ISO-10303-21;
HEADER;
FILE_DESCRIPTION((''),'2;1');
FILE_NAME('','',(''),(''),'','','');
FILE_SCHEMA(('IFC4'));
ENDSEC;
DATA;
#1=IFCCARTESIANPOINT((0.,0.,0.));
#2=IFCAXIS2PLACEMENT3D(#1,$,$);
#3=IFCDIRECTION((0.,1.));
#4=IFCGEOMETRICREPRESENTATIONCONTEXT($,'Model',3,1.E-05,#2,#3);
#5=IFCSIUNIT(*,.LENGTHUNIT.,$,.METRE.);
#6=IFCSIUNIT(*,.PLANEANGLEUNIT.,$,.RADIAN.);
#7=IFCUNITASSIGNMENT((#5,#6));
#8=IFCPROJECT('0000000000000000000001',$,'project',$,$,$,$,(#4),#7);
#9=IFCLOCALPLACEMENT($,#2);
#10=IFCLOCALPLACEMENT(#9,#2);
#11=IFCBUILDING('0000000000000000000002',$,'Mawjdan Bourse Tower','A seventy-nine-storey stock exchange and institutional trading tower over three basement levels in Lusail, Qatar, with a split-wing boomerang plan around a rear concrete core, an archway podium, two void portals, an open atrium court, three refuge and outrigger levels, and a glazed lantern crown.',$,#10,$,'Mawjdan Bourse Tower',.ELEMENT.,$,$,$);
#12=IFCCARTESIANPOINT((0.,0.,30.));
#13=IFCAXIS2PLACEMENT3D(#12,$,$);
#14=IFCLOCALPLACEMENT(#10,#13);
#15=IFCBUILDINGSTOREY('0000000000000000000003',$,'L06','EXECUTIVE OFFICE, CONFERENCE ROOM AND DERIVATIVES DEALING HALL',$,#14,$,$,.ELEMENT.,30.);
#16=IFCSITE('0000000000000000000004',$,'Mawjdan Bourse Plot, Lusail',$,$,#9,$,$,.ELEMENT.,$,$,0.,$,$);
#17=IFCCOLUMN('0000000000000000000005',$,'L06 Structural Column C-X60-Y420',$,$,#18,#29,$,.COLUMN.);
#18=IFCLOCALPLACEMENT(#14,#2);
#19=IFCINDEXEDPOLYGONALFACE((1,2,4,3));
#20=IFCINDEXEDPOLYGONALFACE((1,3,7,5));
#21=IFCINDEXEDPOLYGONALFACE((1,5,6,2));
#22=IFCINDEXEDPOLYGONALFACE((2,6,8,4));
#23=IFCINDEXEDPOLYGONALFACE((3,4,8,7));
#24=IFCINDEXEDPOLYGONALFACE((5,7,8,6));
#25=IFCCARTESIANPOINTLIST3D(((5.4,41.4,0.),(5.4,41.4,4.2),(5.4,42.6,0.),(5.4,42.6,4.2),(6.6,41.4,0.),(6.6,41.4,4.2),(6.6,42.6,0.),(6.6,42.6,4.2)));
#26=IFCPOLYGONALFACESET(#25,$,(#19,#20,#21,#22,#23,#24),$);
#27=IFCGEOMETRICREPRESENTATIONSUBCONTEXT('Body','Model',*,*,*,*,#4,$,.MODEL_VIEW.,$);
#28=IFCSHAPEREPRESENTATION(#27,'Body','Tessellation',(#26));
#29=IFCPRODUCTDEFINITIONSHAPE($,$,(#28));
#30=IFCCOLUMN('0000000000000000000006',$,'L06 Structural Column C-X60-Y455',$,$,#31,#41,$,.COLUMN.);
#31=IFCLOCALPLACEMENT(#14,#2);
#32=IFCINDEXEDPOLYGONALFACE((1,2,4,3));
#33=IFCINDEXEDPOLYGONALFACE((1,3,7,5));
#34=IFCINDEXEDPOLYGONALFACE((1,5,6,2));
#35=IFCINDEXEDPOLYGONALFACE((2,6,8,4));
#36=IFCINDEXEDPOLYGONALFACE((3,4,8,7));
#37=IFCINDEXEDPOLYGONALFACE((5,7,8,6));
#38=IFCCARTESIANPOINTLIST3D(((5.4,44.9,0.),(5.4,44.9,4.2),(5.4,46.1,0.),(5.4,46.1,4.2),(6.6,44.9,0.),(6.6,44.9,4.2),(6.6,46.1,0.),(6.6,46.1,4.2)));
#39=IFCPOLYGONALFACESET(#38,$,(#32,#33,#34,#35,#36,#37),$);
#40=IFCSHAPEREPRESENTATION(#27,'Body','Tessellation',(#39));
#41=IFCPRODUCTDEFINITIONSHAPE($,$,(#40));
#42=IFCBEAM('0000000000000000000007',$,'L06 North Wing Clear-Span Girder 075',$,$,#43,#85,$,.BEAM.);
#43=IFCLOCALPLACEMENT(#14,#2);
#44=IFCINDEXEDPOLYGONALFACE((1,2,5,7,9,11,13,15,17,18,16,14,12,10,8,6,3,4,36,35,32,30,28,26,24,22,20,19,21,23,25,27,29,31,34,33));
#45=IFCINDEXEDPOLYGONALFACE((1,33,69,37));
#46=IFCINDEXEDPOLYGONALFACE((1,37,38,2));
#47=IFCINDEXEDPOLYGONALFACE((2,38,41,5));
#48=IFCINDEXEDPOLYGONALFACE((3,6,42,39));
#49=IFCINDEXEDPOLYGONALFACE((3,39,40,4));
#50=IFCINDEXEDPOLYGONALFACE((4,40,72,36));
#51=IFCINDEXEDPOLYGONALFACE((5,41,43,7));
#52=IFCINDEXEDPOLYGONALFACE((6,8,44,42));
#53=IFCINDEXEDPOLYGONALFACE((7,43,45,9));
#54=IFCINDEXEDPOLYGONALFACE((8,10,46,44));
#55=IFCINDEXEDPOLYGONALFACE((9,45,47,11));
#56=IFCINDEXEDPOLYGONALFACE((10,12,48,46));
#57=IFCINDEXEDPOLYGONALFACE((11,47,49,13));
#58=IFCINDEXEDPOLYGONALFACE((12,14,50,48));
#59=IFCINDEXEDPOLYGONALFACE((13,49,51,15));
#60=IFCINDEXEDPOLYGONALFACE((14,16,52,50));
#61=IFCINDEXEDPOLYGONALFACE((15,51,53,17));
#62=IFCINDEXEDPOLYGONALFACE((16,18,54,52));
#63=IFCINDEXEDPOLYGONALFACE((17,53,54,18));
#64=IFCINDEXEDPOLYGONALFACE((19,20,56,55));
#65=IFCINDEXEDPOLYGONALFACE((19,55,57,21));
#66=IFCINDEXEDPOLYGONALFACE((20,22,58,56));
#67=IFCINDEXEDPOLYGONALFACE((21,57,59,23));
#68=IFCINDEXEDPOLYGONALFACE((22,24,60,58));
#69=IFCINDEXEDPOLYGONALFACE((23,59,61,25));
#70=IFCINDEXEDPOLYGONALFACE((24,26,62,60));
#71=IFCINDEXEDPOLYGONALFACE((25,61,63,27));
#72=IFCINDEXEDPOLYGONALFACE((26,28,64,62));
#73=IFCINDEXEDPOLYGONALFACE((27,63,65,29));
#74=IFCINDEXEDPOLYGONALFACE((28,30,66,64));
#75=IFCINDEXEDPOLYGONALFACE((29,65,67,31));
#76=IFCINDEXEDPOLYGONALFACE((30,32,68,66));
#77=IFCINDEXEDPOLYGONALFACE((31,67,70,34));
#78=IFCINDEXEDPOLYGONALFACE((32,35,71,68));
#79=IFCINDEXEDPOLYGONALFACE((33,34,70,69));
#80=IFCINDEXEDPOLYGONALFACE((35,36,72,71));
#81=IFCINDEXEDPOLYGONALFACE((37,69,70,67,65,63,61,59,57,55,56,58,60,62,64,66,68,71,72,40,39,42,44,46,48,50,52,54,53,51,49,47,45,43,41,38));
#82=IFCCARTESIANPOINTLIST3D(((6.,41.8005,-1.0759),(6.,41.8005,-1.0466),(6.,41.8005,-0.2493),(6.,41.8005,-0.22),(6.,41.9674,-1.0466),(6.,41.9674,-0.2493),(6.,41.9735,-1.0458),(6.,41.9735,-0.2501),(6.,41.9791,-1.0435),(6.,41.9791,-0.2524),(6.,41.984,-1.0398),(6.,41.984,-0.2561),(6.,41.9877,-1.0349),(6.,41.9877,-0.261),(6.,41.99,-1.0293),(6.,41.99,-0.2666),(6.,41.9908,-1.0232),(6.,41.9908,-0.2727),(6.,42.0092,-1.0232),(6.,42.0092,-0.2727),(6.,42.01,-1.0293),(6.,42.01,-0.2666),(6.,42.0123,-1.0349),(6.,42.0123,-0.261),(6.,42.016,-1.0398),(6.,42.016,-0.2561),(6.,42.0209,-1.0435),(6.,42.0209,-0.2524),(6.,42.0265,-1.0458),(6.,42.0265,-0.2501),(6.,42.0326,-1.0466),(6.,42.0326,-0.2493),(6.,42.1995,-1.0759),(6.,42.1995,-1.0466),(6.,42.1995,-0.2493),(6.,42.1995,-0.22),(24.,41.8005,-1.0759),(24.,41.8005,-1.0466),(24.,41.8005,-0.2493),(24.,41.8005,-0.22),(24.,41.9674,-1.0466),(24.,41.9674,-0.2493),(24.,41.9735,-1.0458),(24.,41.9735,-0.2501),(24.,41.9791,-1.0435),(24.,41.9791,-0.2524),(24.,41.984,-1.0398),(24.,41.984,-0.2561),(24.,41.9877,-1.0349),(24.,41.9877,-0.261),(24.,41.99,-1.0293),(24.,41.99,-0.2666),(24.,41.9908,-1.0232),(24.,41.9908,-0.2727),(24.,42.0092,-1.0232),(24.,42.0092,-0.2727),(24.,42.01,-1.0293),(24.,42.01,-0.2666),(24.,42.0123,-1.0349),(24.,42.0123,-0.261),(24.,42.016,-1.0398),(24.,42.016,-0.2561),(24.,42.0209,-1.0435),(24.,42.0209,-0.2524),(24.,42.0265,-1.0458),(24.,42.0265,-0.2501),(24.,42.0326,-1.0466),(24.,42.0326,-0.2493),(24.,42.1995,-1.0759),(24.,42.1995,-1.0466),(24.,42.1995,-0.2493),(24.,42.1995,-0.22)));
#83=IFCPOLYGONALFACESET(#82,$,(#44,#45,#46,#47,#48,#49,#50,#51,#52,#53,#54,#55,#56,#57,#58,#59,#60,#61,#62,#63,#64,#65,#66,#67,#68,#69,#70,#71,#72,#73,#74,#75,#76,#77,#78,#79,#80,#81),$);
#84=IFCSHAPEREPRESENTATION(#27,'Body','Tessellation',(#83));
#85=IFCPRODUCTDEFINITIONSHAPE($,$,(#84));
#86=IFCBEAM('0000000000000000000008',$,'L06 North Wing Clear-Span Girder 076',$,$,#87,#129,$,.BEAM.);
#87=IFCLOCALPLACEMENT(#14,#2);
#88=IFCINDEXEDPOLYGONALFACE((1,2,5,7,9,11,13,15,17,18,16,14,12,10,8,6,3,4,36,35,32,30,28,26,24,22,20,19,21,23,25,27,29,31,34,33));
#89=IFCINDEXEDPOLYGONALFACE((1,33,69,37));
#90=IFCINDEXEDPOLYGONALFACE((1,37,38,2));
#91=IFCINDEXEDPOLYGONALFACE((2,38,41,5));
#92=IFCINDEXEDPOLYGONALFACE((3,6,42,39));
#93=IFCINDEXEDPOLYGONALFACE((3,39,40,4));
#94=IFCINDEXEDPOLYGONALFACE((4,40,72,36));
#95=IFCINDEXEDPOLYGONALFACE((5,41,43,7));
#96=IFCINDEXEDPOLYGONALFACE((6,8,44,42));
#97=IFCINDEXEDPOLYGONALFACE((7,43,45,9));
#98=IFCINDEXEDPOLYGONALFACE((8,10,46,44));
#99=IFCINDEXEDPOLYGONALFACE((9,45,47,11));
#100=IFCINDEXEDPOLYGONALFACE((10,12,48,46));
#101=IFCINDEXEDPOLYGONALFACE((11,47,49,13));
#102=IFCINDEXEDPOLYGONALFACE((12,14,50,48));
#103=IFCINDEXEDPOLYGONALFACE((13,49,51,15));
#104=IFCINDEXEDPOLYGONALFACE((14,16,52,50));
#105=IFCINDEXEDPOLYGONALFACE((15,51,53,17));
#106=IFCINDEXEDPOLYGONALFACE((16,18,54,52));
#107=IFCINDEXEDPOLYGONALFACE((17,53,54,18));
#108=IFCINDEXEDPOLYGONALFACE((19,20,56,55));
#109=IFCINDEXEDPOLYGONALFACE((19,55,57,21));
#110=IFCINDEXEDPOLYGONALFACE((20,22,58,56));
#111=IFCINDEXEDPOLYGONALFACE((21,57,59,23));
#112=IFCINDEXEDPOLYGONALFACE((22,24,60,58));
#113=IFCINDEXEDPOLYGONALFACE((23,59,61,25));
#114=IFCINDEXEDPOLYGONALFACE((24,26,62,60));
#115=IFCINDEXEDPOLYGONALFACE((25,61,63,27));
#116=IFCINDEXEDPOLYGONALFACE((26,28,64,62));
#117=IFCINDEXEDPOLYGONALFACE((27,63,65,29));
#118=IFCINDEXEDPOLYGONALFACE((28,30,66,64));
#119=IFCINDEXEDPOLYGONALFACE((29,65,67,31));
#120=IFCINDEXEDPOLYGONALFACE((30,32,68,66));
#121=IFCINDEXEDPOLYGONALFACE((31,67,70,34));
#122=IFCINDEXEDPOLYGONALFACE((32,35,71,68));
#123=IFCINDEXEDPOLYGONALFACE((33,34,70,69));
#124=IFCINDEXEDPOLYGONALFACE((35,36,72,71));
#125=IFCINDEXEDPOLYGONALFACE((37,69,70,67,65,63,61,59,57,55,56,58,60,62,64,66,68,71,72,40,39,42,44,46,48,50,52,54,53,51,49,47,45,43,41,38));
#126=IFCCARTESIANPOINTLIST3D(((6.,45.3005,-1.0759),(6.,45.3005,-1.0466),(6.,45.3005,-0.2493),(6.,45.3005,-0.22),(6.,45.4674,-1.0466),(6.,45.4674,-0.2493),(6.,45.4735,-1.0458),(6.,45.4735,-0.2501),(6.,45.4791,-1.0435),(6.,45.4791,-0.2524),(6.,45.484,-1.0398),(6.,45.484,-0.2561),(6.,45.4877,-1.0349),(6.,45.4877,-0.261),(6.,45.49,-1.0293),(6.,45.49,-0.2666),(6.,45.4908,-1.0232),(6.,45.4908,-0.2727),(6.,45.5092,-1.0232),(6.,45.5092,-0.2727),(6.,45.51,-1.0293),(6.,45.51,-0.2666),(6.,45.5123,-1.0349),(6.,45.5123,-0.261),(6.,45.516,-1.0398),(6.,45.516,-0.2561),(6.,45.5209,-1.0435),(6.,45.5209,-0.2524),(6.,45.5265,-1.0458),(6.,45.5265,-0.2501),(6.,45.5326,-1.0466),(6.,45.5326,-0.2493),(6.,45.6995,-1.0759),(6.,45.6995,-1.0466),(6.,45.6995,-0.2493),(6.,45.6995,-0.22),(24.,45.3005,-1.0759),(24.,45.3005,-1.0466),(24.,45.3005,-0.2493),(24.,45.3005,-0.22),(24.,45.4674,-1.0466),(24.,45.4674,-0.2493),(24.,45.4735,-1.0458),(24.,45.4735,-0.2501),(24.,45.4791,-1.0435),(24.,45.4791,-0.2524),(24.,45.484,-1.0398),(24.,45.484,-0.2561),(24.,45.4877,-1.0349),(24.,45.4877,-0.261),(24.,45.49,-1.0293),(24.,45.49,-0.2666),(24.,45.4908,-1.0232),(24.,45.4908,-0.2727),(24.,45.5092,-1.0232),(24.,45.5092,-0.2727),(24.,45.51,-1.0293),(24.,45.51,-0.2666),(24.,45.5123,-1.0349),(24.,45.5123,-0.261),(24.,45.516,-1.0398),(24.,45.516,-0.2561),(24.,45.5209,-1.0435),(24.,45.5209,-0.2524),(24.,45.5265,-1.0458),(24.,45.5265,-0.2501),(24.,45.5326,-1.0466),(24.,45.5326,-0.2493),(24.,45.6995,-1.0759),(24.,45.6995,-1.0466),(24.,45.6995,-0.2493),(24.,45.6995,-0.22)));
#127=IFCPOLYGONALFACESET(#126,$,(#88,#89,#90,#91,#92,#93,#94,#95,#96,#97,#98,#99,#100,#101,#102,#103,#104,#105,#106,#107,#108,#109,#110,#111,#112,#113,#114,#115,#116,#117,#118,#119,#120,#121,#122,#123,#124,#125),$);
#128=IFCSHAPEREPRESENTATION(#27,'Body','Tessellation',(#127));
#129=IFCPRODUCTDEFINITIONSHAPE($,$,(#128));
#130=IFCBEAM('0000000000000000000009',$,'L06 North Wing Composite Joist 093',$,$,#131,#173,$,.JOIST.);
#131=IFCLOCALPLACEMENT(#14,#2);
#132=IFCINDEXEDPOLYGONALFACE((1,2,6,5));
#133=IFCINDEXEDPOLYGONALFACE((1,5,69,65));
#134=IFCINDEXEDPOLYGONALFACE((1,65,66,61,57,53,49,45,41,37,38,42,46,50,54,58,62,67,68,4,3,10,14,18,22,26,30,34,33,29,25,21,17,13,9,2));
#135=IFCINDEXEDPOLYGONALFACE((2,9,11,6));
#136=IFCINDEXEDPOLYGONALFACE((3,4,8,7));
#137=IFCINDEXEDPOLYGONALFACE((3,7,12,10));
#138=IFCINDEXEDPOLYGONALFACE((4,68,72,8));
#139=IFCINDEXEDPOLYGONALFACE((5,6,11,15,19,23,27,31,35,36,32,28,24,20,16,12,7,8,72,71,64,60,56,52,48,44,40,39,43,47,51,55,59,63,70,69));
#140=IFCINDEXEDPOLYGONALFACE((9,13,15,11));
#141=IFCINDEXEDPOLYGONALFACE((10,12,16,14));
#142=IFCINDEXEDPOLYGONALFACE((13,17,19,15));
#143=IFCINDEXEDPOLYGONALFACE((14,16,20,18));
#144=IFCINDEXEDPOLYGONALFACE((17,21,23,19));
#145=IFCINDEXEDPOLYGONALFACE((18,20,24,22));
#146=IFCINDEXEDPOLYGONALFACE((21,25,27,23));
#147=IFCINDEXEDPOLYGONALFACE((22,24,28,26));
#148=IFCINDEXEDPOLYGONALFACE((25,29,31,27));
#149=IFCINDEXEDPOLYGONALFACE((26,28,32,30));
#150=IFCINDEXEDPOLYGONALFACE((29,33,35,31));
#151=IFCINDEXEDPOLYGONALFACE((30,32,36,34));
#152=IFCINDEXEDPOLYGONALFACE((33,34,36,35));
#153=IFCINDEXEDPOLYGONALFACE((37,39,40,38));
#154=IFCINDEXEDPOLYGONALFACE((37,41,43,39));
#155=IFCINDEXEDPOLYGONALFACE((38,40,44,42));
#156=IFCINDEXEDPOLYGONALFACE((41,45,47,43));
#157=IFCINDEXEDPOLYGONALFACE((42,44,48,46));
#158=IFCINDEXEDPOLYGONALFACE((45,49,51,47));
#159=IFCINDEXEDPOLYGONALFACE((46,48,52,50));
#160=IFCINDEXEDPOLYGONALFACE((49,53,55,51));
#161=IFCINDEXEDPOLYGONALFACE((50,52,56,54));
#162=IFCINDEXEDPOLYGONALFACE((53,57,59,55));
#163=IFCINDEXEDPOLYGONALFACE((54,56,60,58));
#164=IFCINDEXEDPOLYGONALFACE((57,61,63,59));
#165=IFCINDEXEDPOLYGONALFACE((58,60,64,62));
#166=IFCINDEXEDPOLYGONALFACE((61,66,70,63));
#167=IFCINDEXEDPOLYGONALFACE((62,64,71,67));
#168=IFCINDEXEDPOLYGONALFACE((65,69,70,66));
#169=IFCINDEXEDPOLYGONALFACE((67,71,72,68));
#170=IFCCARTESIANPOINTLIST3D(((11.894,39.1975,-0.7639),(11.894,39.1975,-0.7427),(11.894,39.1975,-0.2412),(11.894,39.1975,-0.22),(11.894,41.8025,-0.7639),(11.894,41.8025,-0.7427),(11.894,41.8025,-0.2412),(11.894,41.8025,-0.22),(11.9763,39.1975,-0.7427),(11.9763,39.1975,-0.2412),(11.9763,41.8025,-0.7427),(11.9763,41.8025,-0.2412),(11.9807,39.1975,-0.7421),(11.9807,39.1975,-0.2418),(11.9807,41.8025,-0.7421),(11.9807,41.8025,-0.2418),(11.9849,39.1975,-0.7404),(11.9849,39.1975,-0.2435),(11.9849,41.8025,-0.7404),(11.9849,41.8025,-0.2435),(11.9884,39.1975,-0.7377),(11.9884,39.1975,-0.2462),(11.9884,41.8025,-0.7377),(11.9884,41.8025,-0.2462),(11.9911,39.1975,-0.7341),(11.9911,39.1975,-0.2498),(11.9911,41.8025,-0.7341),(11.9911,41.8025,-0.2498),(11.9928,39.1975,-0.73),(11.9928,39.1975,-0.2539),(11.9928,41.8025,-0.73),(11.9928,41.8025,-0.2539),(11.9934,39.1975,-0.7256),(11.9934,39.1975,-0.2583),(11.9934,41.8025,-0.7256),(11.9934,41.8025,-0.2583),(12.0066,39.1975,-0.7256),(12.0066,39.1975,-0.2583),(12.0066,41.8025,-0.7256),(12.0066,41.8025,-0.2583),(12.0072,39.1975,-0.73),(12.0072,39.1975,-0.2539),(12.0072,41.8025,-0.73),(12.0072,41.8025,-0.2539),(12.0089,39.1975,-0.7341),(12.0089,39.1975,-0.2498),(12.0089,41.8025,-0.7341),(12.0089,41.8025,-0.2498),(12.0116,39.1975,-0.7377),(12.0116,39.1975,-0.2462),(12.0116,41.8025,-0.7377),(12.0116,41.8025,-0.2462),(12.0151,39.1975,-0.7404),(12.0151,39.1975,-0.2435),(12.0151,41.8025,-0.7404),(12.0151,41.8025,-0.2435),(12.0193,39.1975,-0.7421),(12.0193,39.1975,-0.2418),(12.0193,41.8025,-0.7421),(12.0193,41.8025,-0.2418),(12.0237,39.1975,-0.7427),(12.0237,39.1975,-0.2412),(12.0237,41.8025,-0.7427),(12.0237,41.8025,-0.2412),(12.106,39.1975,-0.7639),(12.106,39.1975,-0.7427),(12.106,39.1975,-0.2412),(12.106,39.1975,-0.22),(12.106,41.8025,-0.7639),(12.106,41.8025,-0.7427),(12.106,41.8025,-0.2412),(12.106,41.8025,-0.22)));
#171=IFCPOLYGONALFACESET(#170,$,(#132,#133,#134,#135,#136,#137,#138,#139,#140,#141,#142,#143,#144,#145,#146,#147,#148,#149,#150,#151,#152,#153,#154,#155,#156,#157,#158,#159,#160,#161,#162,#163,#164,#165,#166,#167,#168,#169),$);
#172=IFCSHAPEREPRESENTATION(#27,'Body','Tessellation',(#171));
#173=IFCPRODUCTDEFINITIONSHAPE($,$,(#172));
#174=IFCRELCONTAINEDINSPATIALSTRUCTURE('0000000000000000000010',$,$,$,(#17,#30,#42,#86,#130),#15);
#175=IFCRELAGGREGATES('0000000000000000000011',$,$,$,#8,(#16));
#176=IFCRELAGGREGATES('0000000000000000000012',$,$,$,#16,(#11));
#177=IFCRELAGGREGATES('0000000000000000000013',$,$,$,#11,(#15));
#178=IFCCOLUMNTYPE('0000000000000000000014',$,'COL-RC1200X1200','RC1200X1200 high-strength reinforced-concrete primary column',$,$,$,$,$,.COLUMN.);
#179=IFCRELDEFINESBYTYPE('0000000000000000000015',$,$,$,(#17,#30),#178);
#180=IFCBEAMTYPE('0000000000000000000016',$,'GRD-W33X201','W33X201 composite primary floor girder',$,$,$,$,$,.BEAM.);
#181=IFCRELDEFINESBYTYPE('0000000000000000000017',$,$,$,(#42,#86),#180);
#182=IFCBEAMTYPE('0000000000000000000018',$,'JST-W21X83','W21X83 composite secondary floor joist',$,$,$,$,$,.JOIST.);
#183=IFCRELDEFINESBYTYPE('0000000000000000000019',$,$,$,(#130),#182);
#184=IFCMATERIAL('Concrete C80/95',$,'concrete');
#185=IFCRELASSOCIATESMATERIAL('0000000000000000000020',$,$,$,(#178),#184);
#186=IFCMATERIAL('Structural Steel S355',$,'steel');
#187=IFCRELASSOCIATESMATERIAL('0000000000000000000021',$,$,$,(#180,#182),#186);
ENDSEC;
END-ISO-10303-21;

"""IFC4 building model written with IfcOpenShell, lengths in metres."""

from ifc_helpers import new_model, si_unit, direction, frame, origin, origin_2d, place, context, subcontext, project, spatial, rectangle, i_section, extrude, material, material_profile, profile_set, type_object, element, save


model = new_model("IFC4")

# Units and contexts
model_context = context("Model", 3, precision=1e-05, world=origin(), true_north=direction((0.0, 1.0)))
body_context = subcontext(model_context, "Body", "Model", "MODEL_VIEW")
ifc_project = project(units=[si_unit("LENGTHUNIT", "METRE"), si_unit("PLANEANGLEUNIT", "RADIAN")], contexts=[model_context])

# Site, building, storey
site_placement = place(None, origin())
site = spatial("IfcSite", under=ifc_project, at=site_placement, Name="Mawjdan Bourse Plot, Lusail", CompositionType="ELEMENT", RefElevation=0.0)
building_placement = place(site_placement, origin())
building = spatial("IfcBuilding", under=site, at=building_placement, Name="Mawjdan Bourse Tower", Description="A seventy-nine-storey stock exchange and institutional trading tower over three basement levels in Lusail, Qatar, with a split-wing boomerang plan around a rear concrete core, an archway podium, two void portals, an open atrium court, three refuge and outrigger levels, and a glazed lantern crown.", LongName="Mawjdan Bourse Tower", CompositionType="ELEMENT")
storey_placement = place(building_placement, frame((0.0, 0.0, 30.0)))
storey = spatial("IfcBuildingStorey", under=building, at=storey_placement, Name="L06", Description="EXECUTIVE OFFICE, CONFERENCE ROOM AND DERIVATIVES DEALING HALL", CompositionType="ELEMENT", Elevation=30.0)

# Columns
ifc_material_1 = material(Name="Concrete C80/95", Category="concrete")
ifc_material_profile_1 = material_profile(ifc_material_1, rectangle(XDim=1.2, YDim=1.2, at=origin_2d()), Name="RC1200X1200")
ifc_profile_set_1 = profile_set([ifc_material_profile_1], Name="Concrete C80/95")
column_type = type_object("IfcColumnType", Name="COL-RC1200X1200", Description="RC1200X1200 high-strength reinforced-concrete primary column", PredefinedType="COLUMN", material=ifc_profile_set_1)
for number, where, z_axis, x_axis, name in (
    (1, (6.0, 42.0, 0.0), (0.0, 0.0, 1.0), (1.0, 0.0, 0.0), "L06 Structural Column C-X60-Y420"),
    (2, (6.0, 45.5, 0.0), (0.0, 0.0, 1.0), (1.0, 0.0, 0.0), "L06 Structural Column C-X60-Y455"),
):
    element("IfcColumn", number, at=place(storey_placement, frame(where, z_axis=z_axis, x_axis=x_axis)), inside=storey, type_object=column_type, Name=name, PredefinedType="COLUMN", context=body_context, shape_type="SweptSolid", body=[
        extrude(rectangle(XDim=1.2, YDim=1.2, at=origin_2d()), origin(), (0.0, 0.0, 1.0), 4.2),
    ])

# Beams
ifc_material_2 = material(Name="Structural Steel S355", Category="steel")
ifc_material_profile_2 = material_profile(ifc_material_2, i_section(OverallWidth=0.3989, OverallDepth=0.856, WebThickness=0.0183, FlangeThickness=0.0293, FilletRadius=0.0234, at=origin_2d()), Name="W33X201")
ifc_profile_set_2 = profile_set([ifc_material_profile_2], Name="Structural Steel S355")
beam_type_1 = type_object("IfcBeamType", Name="GRD-W33X201", Description="W33X201 composite primary floor girder", PredefinedType="BEAM", material=ifc_profile_set_2)
for number, where, z_axis, x_axis, name in (
    (3, (6.0, 42.0, -0.6479), (1.0, 0.0, 0.0), (0.0, 1.0, 0.0), "L06 North Wing Clear-Span Girder 075"),
    (4, (6.0, 45.5, -0.6479), (1.0, 0.0, 0.0), (0.0, 1.0, 0.0), "L06 North Wing Clear-Span Girder 076"),
):
    element("IfcBeam", number, at=place(storey_placement, frame(where, z_axis=z_axis, x_axis=x_axis)), inside=storey, type_object=beam_type_1, Name=name, PredefinedType="BEAM", context=body_context, shape_type="SweptSolid", body=[
        extrude(i_section(OverallWidth=0.3989, OverallDepth=0.856, WebThickness=0.0183, FlangeThickness=0.0293, FilletRadius=0.0234, at=origin_2d()), origin(), (0.0, 0.0, 1.0), 18.0),
    ])
ifc_material_profile_3 = material_profile(ifc_material_2, i_section(OverallWidth=0.2119, OverallDepth=0.5439, WebThickness=0.0132, FlangeThickness=0.0212, FilletRadius=0.0171, at=origin_2d()), Name="W21X83")
ifc_profile_set_3 = profile_set([ifc_material_profile_3], Name="Structural Steel S355")
beam_type_2 = type_object("IfcBeamType", Name="JST-W21X83", Description="W21X83 composite secondary floor joist", PredefinedType="JOIST", material=ifc_profile_set_3)
beam_1_placement = place(storey_placement, frame((12.0, 39.1975, -0.4919), z_axis=(0.0, 1.0, 0.0), x_axis=(-1.0, 0.0, 0.0)))
element("IfcBeam", 5, at=beam_1_placement, inside=storey, type_object=beam_type_2, Name="L06 North Wing Composite Joist 093", PredefinedType="JOIST", context=body_context, shape_type="SweptSolid", body=[
    extrude(i_section(OverallWidth=0.2119, OverallDepth=0.5439, WebThickness=0.0132, FlangeThickness=0.0212, FilletRadius=0.0171, at=origin_2d()), origin(), (0.0, 0.0, 1.0), 2.605),
])

save(model, "model.ifc")
